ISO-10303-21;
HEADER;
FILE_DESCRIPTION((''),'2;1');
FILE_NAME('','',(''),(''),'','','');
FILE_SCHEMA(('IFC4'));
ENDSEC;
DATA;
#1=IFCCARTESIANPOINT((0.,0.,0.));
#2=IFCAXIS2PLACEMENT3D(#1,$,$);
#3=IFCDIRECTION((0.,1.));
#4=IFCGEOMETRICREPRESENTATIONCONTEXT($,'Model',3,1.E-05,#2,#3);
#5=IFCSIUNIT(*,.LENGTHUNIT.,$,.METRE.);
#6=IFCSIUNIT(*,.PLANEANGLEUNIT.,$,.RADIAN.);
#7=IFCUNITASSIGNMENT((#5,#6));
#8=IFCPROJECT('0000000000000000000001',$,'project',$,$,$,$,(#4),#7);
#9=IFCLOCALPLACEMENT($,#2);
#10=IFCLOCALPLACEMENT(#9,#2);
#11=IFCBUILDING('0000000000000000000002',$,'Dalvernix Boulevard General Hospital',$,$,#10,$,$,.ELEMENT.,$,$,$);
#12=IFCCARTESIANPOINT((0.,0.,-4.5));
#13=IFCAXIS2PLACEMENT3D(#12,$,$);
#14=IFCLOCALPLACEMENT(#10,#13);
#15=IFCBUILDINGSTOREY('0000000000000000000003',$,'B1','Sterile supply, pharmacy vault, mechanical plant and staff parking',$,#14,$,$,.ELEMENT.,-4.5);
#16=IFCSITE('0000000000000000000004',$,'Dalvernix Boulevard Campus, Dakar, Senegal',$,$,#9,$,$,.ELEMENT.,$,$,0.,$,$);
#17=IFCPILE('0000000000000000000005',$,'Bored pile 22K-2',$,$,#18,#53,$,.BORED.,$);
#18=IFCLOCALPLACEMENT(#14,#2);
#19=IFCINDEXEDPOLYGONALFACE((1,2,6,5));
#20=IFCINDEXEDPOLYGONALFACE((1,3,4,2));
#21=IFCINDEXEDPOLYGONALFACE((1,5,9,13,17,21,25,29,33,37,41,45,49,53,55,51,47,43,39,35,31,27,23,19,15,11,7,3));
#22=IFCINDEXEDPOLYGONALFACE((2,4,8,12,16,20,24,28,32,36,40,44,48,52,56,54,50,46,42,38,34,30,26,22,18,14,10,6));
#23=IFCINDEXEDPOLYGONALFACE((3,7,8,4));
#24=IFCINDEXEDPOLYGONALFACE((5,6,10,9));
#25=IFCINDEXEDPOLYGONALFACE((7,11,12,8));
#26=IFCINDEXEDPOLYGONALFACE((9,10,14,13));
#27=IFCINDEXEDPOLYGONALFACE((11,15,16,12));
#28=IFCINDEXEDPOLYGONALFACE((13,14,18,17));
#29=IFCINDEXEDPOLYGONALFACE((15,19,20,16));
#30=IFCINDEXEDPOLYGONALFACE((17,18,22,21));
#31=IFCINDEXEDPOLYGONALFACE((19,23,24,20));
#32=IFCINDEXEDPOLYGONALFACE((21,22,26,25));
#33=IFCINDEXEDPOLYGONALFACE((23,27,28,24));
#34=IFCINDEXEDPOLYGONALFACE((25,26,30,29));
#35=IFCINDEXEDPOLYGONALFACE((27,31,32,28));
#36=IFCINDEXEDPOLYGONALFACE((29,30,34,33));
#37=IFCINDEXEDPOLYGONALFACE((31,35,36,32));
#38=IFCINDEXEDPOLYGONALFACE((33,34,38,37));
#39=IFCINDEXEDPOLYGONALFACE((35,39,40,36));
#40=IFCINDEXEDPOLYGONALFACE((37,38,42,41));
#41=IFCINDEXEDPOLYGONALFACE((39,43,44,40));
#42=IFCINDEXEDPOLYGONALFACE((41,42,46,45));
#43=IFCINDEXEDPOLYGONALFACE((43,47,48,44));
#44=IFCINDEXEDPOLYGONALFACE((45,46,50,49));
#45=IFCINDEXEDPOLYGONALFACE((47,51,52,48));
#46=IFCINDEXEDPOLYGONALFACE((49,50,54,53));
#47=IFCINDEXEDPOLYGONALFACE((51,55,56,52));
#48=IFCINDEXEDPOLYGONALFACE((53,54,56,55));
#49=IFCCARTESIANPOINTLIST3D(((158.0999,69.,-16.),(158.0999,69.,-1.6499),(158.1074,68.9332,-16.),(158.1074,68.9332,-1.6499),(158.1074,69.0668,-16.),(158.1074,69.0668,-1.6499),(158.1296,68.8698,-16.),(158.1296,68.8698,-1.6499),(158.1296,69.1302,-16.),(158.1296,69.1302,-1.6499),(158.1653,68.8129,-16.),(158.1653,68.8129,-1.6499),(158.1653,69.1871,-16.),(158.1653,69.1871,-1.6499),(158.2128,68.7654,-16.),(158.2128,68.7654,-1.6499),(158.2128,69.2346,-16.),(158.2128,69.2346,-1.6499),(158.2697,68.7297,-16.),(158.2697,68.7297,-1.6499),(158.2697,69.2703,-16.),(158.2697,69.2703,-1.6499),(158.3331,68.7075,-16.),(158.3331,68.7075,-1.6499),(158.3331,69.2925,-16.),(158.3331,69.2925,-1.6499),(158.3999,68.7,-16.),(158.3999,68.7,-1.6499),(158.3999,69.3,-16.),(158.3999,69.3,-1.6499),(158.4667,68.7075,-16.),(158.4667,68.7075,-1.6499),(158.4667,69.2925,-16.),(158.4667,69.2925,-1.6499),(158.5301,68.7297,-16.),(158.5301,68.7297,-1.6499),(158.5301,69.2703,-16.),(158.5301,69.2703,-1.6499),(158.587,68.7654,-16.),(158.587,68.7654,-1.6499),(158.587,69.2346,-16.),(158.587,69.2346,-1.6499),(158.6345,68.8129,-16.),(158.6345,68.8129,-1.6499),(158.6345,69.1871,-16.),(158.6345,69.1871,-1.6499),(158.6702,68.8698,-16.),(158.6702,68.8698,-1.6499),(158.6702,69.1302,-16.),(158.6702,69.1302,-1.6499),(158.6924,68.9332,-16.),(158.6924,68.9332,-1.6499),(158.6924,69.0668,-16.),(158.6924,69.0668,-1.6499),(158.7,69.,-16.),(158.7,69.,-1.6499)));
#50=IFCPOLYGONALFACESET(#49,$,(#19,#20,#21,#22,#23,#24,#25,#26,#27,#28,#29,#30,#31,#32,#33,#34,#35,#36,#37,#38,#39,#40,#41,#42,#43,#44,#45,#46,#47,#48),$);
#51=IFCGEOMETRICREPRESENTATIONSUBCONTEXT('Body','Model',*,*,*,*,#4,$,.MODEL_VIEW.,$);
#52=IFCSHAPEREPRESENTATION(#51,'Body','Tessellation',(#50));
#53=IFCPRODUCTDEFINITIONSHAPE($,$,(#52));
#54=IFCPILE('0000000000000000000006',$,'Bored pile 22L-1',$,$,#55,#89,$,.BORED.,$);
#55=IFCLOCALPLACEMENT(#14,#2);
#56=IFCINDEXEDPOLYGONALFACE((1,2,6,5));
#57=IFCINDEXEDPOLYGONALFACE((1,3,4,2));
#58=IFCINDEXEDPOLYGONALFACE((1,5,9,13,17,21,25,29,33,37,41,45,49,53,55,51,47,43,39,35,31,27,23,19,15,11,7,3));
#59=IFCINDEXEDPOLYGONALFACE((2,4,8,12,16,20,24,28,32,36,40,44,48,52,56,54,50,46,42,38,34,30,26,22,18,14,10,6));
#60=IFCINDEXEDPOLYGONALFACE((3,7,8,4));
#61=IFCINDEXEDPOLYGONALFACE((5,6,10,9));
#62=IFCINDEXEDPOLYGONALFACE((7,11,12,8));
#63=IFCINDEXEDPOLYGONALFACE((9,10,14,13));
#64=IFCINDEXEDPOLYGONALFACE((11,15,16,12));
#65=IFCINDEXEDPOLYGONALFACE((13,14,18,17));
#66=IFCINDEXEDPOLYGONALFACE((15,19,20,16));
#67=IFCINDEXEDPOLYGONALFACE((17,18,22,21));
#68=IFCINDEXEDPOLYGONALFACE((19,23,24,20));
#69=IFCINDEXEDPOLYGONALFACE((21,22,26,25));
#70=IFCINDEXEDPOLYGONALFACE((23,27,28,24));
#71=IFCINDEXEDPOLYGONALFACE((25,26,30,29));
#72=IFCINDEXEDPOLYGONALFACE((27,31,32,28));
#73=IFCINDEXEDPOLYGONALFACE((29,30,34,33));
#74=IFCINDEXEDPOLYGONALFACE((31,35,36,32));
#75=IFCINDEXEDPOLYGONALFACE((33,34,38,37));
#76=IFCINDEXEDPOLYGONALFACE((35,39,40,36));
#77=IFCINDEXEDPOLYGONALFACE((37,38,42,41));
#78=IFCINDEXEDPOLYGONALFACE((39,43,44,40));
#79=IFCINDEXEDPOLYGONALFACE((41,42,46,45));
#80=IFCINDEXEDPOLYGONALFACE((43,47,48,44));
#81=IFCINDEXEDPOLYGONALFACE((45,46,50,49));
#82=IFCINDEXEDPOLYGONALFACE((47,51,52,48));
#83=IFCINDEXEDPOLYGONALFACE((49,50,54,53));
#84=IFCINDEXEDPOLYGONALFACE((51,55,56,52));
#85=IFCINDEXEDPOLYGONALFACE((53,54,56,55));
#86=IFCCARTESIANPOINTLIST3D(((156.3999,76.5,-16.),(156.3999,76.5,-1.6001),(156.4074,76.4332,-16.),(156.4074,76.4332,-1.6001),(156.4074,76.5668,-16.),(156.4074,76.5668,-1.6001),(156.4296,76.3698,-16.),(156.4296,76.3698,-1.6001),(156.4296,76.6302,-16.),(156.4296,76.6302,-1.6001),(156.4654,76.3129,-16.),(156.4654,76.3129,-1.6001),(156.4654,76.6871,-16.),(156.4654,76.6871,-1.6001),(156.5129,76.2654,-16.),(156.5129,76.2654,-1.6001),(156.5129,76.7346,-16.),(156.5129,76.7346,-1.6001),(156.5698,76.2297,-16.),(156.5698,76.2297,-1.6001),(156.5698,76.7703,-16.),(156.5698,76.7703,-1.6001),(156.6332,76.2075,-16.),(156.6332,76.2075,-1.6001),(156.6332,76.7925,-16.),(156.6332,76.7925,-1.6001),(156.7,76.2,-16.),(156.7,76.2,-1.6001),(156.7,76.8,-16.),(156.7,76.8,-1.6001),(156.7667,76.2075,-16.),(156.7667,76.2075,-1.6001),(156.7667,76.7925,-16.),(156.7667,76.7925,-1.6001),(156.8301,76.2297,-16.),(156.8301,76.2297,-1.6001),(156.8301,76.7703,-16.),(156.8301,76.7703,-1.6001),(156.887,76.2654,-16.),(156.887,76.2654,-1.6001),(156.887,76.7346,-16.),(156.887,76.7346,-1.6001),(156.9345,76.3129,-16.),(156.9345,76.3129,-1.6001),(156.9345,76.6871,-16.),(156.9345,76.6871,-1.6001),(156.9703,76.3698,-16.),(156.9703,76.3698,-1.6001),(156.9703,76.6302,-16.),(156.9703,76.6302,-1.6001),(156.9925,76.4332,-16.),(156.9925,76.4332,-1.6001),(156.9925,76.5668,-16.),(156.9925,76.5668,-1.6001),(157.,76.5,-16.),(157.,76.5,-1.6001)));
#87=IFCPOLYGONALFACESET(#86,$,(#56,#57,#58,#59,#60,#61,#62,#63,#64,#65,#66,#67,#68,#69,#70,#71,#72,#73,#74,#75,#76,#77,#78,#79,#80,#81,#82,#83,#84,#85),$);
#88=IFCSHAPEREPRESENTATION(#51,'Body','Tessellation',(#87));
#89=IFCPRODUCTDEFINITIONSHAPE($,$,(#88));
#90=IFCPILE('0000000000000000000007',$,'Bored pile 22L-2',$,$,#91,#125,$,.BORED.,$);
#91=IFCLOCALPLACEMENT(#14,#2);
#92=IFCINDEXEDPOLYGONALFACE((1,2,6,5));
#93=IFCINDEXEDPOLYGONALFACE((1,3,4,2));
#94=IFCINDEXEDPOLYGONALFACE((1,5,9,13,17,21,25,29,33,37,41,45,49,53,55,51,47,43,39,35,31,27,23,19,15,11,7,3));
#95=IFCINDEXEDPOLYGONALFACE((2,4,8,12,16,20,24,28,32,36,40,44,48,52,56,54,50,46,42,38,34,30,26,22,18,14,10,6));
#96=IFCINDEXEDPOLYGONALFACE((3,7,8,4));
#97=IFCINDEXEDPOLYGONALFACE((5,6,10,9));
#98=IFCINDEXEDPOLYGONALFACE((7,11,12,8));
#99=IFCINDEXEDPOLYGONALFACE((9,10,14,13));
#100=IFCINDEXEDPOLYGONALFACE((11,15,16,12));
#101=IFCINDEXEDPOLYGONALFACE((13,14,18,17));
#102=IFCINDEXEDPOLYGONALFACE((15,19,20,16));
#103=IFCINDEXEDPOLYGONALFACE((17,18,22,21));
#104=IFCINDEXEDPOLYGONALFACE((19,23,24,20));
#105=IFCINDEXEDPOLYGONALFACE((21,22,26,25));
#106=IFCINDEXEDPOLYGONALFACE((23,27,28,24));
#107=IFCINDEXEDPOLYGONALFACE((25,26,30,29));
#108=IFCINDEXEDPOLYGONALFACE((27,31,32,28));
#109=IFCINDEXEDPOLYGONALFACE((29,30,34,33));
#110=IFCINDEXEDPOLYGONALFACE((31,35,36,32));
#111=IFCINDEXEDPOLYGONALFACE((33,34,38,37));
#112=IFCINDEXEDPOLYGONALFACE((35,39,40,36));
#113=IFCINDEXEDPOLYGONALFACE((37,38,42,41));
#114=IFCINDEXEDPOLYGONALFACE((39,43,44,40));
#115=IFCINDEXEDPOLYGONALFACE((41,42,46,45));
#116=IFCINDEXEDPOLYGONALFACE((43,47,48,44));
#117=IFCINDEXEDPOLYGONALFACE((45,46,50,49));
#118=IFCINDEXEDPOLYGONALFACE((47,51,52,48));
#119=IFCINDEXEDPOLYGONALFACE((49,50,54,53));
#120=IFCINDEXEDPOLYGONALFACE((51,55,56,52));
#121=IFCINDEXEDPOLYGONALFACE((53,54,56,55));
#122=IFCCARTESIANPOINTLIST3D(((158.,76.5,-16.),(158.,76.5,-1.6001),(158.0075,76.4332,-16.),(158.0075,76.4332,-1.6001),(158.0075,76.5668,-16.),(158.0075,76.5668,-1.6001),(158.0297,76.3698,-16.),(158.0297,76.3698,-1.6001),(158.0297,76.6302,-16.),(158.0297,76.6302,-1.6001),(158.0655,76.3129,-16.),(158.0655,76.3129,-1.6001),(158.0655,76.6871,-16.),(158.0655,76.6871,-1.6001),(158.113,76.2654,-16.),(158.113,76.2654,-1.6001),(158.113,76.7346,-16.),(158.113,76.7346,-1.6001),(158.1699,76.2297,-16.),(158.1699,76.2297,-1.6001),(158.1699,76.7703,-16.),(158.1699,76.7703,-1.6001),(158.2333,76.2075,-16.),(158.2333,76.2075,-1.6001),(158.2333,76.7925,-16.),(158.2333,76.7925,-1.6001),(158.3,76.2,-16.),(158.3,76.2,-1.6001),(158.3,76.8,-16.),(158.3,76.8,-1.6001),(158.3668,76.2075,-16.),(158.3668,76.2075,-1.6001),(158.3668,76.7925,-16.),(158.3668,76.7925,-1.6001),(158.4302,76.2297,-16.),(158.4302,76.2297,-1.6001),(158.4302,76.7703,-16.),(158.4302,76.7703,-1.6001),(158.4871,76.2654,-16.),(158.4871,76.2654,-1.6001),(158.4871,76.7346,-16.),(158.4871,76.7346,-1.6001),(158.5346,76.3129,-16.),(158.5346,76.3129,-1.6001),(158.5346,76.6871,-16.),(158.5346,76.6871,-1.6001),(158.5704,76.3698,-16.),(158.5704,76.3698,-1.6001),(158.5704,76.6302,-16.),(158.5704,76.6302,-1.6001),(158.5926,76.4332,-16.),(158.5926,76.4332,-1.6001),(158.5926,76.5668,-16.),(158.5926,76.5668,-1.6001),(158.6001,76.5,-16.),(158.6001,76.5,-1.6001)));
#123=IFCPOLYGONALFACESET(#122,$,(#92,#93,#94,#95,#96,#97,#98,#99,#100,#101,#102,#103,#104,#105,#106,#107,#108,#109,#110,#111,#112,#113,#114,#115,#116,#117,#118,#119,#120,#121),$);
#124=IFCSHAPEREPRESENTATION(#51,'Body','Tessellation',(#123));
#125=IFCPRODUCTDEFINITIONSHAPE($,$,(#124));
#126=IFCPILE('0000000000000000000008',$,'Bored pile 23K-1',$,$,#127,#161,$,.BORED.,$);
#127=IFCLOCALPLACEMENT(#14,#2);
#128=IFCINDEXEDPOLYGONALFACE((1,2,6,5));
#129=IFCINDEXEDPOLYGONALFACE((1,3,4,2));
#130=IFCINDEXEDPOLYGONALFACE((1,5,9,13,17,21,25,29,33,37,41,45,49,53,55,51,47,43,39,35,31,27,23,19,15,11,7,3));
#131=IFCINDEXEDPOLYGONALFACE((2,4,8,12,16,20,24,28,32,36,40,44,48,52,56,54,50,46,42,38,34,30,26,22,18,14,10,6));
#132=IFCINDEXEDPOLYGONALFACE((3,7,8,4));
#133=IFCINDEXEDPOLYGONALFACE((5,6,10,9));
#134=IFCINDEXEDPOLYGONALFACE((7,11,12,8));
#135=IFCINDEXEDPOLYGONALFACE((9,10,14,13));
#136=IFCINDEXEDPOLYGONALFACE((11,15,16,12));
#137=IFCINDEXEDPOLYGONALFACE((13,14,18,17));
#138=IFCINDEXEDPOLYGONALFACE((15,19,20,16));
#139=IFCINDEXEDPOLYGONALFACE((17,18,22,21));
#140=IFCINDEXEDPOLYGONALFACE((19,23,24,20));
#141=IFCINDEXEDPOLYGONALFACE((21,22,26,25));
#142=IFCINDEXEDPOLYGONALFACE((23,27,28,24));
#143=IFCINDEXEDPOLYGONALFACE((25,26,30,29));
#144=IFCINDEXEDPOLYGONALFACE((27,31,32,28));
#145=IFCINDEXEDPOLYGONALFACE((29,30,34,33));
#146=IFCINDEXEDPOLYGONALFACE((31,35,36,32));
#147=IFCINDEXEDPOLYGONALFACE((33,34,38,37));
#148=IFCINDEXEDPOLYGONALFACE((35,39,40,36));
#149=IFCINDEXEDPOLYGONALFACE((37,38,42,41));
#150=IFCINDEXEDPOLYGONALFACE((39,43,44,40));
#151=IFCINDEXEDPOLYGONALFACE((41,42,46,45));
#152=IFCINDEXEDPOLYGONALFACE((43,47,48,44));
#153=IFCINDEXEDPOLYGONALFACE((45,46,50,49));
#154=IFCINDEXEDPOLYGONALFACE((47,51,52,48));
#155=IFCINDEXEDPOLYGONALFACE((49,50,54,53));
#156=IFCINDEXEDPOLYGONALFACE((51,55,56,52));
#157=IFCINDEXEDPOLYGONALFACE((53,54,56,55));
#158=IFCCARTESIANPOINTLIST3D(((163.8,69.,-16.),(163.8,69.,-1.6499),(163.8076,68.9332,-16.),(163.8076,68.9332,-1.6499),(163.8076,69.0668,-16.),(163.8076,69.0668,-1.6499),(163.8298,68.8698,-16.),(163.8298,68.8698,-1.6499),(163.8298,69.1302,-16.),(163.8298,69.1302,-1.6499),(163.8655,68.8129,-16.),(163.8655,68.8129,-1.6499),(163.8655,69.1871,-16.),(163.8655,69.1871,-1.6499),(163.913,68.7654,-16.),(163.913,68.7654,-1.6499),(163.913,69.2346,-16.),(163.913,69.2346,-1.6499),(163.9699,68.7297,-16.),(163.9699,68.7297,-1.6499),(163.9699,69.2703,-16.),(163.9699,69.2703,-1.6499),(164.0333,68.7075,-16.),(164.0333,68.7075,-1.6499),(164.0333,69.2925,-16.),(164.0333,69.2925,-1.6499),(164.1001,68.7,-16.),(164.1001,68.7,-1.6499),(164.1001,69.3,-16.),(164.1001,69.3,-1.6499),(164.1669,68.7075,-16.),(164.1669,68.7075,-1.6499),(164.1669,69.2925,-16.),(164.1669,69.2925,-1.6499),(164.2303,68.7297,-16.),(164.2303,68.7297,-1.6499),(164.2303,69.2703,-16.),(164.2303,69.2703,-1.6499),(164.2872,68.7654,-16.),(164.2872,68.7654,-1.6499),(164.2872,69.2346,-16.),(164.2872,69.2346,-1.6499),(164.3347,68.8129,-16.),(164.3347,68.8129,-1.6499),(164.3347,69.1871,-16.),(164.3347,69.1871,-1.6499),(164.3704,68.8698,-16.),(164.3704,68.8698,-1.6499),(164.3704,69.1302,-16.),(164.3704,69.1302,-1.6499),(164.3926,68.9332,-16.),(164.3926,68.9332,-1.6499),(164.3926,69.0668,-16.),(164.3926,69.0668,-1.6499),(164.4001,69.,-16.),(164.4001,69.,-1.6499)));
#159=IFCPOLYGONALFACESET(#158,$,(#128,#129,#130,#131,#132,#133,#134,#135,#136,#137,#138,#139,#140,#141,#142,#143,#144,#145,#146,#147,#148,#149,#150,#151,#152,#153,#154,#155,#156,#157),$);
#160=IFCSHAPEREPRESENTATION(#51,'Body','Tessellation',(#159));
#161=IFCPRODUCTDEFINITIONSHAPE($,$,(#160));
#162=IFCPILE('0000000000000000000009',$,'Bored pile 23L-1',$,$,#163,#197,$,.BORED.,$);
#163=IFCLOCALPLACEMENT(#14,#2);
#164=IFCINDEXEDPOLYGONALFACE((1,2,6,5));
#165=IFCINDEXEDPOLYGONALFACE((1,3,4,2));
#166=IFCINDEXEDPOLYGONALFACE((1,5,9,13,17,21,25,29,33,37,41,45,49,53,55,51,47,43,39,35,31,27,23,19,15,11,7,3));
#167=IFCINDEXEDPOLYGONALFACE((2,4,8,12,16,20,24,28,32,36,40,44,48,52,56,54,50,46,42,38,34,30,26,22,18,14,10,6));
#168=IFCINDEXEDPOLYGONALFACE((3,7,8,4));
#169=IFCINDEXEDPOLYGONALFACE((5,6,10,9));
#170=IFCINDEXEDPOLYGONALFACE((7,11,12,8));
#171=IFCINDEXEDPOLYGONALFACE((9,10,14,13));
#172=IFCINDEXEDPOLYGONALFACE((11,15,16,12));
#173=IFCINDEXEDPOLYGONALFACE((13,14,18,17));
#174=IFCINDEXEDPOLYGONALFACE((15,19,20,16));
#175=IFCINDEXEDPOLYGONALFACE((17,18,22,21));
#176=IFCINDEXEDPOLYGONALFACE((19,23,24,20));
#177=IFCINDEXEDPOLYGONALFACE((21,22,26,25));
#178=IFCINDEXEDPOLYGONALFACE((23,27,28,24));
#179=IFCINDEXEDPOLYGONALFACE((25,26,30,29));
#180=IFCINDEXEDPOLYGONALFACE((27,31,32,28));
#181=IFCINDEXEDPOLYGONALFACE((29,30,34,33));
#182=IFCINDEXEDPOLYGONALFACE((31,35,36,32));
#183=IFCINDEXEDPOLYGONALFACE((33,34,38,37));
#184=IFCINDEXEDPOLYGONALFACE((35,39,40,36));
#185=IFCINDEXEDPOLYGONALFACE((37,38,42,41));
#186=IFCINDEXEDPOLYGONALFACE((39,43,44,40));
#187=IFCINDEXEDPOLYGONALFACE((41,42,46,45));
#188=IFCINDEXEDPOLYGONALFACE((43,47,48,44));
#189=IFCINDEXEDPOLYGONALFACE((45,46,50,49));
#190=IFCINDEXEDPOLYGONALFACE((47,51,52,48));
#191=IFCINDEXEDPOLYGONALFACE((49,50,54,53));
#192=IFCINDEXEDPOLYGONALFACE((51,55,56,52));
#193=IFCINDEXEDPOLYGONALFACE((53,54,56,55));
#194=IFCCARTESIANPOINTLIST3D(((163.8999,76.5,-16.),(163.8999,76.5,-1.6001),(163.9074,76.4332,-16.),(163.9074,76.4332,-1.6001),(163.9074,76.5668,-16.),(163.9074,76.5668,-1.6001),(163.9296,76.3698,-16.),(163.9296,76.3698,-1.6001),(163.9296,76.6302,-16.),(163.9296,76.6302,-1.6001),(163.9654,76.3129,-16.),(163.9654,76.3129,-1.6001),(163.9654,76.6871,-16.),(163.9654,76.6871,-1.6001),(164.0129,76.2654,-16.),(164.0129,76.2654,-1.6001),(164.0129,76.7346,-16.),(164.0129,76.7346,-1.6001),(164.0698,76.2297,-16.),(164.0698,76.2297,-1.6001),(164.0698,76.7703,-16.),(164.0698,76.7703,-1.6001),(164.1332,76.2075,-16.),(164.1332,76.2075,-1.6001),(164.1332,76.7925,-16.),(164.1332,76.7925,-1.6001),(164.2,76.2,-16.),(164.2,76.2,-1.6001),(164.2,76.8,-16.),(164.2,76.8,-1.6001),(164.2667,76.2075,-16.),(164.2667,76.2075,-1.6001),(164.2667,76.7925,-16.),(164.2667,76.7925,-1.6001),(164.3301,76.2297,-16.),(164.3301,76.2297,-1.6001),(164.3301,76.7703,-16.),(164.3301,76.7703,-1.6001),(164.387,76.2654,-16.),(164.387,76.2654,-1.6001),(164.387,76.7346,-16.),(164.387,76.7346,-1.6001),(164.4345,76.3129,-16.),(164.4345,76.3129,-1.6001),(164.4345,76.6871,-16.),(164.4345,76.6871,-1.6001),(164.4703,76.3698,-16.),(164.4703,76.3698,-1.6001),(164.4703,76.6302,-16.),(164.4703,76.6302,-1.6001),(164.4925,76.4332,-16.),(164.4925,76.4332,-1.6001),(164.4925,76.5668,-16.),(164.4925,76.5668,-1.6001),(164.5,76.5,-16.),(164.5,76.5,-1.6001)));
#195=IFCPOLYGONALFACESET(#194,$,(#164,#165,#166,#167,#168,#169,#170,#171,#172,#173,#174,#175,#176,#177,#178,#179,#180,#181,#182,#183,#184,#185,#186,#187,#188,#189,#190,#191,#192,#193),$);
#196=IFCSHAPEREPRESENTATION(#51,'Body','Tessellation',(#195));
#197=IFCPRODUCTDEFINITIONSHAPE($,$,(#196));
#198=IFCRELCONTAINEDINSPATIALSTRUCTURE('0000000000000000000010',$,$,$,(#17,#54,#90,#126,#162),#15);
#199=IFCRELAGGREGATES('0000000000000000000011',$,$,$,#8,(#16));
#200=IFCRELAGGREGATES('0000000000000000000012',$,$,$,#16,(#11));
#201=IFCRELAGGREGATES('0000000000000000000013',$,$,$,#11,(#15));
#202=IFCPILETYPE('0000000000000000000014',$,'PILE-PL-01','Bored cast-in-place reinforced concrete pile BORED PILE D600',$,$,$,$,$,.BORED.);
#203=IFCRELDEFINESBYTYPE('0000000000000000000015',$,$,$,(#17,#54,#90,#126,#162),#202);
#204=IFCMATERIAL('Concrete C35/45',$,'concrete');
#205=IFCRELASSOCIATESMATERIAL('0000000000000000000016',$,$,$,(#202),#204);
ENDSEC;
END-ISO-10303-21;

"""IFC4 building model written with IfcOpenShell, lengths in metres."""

from ifc_helpers import new_model, si_unit, direction, frame, origin, origin_2d, place, context, subcontext, project, spatial, circle, extrude, material, material_profile, profile_set, type_object, element, save


model = new_model("IFC4")

# Units and contexts
model_context = context("Model", 3, precision=1e-05, world=origin(), true_north=direction((0.0, 1.0)))
body_context = subcontext(model_context, "Body", "Model", "MODEL_VIEW")
ifc_project = project(units=[si_unit("LENGTHUNIT", "METRE"), si_unit("PLANEANGLEUNIT", "RADIAN")], contexts=[model_context])

# Site, building, storey
site_placement = place(None, origin())
site = spatial("IfcSite", under=ifc_project, at=site_placement, Name="Dalvernix Boulevard Campus, Dakar, Senegal", CompositionType="ELEMENT", RefElevation=0.0)
building_placement = place(site_placement, origin())
building = spatial("IfcBuilding", under=site, at=building_placement, Name="Dalvernix Boulevard General Hospital", CompositionType="ELEMENT")
storey_placement = place(building_placement, frame((0.0, 0.0, -4.5)))
storey = spatial("IfcBuildingStorey", under=building, at=storey_placement, Name="B1", Description="Sterile supply, pharmacy vault, mechanical plant and staff parking", CompositionType="ELEMENT", Elevation=-4.5)

# Shared definitions
ifc_material_1 = material(Name="Concrete C35/45", Category="concrete")

# Piles
ifc_material_profile_1 = material_profile(ifc_material_1, circle(Radius=0.3, at=origin_2d()), Name="BORED PILE D600")
ifc_profile_set_1 = profile_set([ifc_material_profile_1], Name="Concrete C35/45")
pile_type = type_object("IfcPileType", Name="PILE-PL-01", Description="Bored cast-in-place reinforced concrete pile BORED PILE D600", PredefinedType="BORED", material=ifc_profile_set_1)
for number, where, z_axis, x_axis, name in (
    (1, (158.3999, 69.0, -1.6499), (0.0, 0.0, -1.0), (1.0, 0.0, 0.0), "Bored pile 22K-2"),
):
    element("IfcPile", number, at=place(storey_placement, frame(where, z_axis=z_axis, x_axis=x_axis)), inside=storey, type_object=pile_type, Name=name, PredefinedType="BORED", context=body_context, shape_type="SweptSolid", body=[
        extrude(circle(Radius=0.3, at=origin_2d()), origin(), (0.0, 0.0, 1.0), 14.3501),
    ])
for number, where, z_axis, x_axis, name in (
    (2, (156.7, 76.5, -1.6001), (0.0, 0.0, -1.0), (1.0, 0.0, 0.0), "Bored pile 22L-1"),
    (3, (158.3, 76.5, -1.6001), (0.0, 0.0, -1.0), (1.0, 0.0, 0.0), "Bored pile 22L-2"),
):
    element("IfcPile", number, at=place(storey_placement, frame(where, z_axis=z_axis, x_axis=x_axis)), inside=storey, type_object=pile_type, Name=name, PredefinedType="BORED", context=body_context, shape_type="SweptSolid", body=[
        extrude(circle(Radius=0.3, at=origin_2d()), origin(), (0.0, 0.0, 1.0), 14.3999),
    ])
pile_1_placement = place(storey_placement, frame((164.1001, 69.0, -1.6499), z_axis=(0.0, 0.0, -1.0), x_axis=(1.0, 0.0, 0.0)))
element("IfcPile", 4, at=pile_1_placement, inside=storey, type_object=pile_type, Name="Bored pile 23K-1", PredefinedType="BORED", context=body_context, shape_type="SweptSolid", body=[
    extrude(circle(Radius=0.3, at=origin_2d()), origin(), (0.0, 0.0, 1.0), 14.3501),
])
pile_2_placement = place(storey_placement, frame((164.2, 76.5, -1.6001), z_axis=(0.0, 0.0, -1.0), x_axis=(1.0, 0.0, 0.0)))
element("IfcPile", 5, at=pile_2_placement, inside=storey, type_object=pile_type, Name="Bored pile 23L-1", PredefinedType="BORED", context=body_context, shape_type="SweptSolid", body=[
    extrude(circle(Radius=0.3, at=origin_2d()), origin(), (0.0, 0.0, 1.0), 14.3999),
])

save(model, "model.ifc")
